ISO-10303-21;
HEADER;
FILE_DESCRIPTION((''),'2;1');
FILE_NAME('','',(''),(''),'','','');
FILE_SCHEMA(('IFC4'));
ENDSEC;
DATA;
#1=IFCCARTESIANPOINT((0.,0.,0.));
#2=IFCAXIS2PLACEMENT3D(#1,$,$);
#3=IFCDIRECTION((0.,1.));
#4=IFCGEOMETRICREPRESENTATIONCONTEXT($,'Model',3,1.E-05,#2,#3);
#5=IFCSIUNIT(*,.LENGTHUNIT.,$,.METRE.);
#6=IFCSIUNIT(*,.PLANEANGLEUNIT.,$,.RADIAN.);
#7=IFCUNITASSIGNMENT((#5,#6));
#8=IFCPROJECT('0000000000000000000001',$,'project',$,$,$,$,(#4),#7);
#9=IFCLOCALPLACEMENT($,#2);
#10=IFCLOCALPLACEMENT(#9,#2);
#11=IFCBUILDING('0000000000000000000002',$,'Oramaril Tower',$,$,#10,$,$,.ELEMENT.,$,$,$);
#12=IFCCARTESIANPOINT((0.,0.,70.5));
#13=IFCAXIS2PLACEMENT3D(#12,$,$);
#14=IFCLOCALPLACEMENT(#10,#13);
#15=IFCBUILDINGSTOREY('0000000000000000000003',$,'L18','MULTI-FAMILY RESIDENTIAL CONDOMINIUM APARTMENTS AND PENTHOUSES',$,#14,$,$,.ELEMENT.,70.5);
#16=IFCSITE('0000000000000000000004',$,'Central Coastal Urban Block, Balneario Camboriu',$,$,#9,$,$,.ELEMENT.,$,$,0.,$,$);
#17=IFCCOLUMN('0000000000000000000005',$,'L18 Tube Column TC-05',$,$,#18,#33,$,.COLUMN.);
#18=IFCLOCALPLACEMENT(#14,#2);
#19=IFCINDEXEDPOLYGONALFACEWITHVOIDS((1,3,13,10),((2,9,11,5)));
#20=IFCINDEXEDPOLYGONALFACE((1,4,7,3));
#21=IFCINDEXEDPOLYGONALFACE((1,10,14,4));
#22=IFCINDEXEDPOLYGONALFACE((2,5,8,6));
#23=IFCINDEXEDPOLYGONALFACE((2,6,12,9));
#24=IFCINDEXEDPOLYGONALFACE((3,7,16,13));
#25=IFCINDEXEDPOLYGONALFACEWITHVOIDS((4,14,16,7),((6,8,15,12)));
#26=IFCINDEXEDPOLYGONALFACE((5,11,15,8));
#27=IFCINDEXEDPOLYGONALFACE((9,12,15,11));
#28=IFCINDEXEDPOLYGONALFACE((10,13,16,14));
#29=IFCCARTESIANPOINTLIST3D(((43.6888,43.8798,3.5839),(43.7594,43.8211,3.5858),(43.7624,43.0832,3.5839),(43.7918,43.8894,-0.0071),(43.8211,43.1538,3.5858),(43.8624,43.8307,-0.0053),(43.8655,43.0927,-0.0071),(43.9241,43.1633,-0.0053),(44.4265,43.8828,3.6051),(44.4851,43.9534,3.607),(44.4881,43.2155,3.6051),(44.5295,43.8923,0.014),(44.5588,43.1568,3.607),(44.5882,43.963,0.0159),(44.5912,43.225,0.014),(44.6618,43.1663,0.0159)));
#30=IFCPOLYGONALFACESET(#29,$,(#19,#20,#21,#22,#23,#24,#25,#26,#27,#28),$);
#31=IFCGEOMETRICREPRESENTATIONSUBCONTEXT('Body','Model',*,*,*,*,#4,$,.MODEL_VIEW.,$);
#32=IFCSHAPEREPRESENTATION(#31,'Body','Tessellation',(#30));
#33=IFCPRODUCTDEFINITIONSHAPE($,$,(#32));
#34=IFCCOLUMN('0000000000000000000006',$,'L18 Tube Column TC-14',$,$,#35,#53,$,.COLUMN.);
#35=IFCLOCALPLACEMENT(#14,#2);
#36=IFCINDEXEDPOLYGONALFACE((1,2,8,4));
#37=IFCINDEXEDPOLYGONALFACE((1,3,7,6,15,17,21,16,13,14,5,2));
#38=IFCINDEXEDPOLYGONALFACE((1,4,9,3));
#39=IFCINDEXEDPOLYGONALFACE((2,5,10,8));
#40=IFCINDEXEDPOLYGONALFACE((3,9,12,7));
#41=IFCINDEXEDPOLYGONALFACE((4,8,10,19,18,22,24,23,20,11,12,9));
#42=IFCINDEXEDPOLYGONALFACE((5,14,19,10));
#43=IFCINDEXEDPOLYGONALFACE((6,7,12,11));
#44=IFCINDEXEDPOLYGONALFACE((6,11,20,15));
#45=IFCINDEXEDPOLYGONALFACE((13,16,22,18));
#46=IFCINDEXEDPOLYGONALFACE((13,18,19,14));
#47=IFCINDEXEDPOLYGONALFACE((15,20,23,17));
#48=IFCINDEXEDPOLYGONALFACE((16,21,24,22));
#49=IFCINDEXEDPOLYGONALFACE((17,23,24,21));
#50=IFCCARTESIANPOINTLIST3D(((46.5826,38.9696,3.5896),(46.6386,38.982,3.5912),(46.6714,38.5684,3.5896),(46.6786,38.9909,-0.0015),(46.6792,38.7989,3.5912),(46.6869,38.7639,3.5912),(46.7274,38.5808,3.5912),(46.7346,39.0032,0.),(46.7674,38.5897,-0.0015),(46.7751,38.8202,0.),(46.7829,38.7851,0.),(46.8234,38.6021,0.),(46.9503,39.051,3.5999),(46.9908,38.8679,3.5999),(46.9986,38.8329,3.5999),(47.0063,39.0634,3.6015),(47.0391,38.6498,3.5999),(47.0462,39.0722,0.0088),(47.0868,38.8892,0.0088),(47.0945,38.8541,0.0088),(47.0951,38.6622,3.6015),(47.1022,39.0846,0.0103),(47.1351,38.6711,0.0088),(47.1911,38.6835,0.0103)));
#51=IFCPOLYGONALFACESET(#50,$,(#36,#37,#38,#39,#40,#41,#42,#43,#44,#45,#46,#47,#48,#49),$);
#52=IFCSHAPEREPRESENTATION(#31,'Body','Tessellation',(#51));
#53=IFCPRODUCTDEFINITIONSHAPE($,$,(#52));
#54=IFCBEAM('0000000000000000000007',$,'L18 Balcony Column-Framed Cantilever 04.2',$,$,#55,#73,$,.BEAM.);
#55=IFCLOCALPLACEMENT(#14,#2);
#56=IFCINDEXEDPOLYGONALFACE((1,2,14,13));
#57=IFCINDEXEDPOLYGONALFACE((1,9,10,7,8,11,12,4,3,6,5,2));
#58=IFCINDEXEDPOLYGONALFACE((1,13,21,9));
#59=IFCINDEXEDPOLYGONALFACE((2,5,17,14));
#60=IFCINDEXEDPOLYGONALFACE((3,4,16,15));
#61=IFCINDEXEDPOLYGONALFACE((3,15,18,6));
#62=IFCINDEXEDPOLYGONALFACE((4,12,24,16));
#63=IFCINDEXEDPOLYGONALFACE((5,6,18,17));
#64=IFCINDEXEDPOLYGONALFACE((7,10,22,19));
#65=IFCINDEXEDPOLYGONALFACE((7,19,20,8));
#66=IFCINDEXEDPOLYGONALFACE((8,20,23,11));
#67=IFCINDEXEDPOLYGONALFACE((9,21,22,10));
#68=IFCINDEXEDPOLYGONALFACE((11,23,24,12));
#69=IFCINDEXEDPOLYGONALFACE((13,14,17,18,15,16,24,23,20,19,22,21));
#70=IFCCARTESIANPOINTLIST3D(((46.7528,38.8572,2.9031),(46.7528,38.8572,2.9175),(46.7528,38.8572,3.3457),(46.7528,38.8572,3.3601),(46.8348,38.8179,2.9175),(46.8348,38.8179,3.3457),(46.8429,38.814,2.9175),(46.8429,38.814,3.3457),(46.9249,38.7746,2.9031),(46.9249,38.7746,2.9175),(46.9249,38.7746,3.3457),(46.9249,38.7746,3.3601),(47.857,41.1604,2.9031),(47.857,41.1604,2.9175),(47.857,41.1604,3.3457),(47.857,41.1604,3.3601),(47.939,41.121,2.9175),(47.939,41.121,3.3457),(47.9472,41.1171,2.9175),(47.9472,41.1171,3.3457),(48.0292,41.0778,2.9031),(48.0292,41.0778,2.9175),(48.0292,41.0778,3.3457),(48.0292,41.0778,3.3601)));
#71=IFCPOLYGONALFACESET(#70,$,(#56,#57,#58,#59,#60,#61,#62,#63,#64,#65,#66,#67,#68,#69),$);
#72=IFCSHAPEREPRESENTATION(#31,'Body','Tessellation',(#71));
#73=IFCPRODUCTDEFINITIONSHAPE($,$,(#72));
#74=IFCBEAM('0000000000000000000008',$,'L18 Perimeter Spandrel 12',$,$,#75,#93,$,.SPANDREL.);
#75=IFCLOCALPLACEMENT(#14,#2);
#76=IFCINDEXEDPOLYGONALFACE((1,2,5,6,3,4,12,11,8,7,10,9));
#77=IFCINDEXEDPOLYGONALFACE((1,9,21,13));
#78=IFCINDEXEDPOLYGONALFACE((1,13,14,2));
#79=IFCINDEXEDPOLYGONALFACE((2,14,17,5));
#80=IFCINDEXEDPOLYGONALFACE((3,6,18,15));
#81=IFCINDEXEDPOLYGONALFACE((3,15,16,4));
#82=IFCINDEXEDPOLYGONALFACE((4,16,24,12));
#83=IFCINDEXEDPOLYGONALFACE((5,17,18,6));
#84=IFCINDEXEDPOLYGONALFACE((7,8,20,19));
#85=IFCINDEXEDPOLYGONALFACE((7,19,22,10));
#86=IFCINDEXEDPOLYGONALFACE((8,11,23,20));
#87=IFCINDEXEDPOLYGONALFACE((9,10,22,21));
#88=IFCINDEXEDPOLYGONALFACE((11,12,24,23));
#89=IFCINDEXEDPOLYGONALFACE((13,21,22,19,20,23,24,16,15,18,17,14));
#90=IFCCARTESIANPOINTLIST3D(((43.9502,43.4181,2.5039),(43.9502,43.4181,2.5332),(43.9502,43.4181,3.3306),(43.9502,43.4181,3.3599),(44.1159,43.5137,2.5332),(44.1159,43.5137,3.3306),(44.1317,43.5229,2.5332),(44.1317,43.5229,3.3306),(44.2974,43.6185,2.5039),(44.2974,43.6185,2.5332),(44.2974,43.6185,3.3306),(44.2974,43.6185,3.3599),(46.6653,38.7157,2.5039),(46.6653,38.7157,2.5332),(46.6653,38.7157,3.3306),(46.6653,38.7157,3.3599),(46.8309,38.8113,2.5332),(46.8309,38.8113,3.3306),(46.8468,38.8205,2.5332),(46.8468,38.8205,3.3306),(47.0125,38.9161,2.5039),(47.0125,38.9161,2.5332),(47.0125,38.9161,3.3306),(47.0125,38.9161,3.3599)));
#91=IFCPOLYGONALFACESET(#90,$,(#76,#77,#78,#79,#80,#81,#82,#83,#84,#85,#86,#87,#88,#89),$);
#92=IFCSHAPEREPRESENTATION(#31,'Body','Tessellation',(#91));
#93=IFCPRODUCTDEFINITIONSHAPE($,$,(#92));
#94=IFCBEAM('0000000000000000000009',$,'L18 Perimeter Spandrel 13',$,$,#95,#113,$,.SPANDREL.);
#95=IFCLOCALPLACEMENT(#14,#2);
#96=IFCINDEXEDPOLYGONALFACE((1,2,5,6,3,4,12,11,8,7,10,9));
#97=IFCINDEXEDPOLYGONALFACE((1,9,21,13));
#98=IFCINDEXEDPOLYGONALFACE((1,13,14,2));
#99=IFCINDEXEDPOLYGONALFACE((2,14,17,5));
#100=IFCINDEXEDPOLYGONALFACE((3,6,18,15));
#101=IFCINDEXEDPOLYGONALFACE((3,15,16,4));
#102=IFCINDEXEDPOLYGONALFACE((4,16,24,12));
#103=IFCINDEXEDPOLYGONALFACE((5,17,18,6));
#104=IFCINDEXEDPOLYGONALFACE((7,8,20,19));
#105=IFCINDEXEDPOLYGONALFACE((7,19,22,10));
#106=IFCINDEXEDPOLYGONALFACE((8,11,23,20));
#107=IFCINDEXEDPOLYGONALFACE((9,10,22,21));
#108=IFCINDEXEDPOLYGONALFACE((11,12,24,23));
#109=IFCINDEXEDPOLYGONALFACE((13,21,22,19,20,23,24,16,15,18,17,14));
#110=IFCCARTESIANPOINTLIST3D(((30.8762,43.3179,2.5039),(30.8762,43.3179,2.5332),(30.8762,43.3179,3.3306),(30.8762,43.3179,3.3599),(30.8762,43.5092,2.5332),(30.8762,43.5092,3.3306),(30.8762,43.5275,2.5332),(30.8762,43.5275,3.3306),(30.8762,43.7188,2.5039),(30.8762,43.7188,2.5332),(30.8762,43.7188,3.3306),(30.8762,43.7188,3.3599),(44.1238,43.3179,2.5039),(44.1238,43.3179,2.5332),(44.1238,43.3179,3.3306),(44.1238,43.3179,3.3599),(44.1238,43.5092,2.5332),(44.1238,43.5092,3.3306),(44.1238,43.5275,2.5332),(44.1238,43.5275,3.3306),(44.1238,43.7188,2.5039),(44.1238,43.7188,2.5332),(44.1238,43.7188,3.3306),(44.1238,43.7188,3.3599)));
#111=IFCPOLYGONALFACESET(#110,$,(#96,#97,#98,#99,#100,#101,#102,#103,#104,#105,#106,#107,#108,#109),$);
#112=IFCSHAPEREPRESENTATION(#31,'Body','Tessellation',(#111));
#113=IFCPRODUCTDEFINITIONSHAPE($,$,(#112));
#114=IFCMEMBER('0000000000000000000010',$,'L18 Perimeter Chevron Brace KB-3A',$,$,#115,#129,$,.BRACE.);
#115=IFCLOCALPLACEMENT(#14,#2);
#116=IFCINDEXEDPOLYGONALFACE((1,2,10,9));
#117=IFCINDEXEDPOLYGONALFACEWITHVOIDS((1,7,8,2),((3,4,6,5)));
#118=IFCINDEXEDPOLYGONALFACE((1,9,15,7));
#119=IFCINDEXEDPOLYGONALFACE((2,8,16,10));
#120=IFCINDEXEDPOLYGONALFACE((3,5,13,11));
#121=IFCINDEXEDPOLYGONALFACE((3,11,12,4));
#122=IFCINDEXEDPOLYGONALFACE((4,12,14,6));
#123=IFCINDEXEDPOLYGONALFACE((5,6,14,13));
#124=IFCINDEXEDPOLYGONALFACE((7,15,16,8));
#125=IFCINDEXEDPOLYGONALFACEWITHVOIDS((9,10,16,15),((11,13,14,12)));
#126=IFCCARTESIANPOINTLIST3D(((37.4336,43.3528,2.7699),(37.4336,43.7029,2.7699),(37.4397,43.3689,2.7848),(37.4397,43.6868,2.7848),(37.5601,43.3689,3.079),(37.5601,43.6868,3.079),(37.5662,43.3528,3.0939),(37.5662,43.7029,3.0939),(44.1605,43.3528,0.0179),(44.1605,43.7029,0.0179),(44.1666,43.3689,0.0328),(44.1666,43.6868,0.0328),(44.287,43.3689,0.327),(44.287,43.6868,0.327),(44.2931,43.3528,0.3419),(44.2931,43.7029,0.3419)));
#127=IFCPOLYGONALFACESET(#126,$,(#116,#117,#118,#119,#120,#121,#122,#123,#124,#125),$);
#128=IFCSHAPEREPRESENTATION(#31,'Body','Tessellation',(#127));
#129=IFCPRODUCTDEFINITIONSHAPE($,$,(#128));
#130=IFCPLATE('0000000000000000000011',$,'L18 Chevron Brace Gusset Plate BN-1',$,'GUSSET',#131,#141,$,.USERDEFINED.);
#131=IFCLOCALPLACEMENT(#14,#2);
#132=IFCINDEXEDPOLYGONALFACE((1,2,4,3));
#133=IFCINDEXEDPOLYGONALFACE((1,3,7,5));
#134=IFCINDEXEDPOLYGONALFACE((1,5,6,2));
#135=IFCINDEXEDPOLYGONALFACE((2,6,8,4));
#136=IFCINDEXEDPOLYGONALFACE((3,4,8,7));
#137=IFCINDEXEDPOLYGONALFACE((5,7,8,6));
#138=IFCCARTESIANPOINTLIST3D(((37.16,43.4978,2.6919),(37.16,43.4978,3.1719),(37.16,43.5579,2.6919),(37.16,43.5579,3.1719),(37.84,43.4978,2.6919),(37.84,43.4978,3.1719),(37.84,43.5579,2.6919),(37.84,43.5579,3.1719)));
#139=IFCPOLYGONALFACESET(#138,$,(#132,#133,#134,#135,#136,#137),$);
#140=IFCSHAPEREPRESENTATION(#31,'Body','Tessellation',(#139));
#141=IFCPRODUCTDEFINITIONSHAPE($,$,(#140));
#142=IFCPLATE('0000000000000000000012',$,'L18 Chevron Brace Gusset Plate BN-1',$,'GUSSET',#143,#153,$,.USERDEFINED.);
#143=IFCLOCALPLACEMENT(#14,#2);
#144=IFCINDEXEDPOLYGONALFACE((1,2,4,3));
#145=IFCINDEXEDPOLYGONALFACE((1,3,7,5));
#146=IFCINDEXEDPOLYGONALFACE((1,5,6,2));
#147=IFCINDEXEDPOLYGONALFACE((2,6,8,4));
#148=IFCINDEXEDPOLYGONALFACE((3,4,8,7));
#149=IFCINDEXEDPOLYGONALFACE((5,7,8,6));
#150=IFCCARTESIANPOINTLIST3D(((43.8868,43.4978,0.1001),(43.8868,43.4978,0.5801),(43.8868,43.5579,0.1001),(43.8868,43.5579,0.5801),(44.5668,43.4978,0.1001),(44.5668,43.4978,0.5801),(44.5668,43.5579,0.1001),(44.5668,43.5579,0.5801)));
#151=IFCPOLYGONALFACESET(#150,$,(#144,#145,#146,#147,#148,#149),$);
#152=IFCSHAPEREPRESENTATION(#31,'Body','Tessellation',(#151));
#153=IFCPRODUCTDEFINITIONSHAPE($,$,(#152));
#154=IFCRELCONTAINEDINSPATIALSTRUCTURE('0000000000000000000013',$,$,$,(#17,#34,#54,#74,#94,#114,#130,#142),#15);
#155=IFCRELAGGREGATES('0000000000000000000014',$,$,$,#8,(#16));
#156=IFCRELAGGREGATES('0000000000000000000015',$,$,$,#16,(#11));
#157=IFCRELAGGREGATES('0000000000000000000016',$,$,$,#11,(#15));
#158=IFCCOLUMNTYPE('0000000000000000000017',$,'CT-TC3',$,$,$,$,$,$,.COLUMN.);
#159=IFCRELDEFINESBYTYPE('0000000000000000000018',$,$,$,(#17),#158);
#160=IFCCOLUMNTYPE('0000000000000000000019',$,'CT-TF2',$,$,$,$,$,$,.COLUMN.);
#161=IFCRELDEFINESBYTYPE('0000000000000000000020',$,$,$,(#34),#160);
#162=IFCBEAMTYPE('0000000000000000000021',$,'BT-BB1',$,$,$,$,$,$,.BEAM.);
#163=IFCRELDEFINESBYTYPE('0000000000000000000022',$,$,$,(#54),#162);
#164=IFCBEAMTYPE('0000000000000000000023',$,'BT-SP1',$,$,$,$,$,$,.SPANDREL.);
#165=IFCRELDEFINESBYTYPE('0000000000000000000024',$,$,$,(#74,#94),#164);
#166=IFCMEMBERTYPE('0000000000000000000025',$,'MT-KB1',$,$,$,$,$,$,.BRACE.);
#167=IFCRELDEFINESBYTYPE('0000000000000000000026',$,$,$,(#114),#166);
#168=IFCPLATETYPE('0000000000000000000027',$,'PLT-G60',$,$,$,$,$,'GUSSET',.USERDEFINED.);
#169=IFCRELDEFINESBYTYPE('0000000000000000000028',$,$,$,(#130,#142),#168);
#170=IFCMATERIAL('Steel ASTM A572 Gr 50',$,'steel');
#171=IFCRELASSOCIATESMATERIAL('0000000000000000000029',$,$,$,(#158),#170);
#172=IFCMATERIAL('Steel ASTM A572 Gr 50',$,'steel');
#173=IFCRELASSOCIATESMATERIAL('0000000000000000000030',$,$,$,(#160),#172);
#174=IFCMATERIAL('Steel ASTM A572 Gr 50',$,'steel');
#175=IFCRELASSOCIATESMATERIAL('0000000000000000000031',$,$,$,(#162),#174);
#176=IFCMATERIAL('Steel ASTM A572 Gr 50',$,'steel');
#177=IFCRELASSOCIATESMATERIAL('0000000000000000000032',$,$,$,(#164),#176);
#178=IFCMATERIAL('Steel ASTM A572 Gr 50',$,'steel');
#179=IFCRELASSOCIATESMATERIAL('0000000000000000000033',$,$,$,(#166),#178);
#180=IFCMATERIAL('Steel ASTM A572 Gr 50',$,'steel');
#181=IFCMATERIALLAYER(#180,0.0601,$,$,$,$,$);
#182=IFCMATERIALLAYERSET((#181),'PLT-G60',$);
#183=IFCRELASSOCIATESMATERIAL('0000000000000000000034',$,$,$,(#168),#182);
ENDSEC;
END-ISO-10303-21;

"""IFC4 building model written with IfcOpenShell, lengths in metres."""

from ifc_helpers import new_model, si_unit, direction, frame, origin, origin_2d, place, context, subcontext, project, spatial, rectangle, hollow_rectangle, i_section, extrude, material, layer, layer_set, material_profile, profile_set, type_object, element, save


model = new_model("IFC4")

# Units and contexts
model_context = context("Model", 3, precision=1e-05, world=origin(), true_north=direction((0.0, 1.0)))
body_context = subcontext(model_context, "Body", "Model", "MODEL_VIEW")
ifc_project = project(units=[si_unit("LENGTHUNIT", "METRE"), si_unit("PLANEANGLEUNIT", "RADIAN")], contexts=[model_context])

# Site, building, storey
site_placement = place(None, origin())
site = spatial("IfcSite", under=ifc_project, at=site_placement, Name="Central Coastal Urban Block, Balneario Camboriu", CompositionType="ELEMENT", RefElevation=0.0)
building_placement = place(site_placement, origin())
building = spatial("IfcBuilding", under=site, at=building_placement, Name="Oramaril Tower", CompositionType="ELEMENT")
storey_placement = place(building_placement, frame((0.0, 0.0, 70.5)))
storey = spatial("IfcBuildingStorey", under=building, at=storey_placement, Name="L18", Description="MULTI-FAMILY RESIDENTIAL CONDOMINIUM APARTMENTS AND PENTHOUSES", CompositionType="ELEMENT", Elevation=70.5)

# Columns
ifc_material_1 = material(Name="Steel ASTM A572 Gr 50", Category="steel")
ifc_material_profile_1 = material_profile(ifc_material_1, hollow_rectangle(XDim=0.8, YDim=0.8, WallThickness=0.0649, at=origin_2d()), Name="BOX800X800X65")
ifc_profile_set_1 = profile_set([ifc_material_profile_1], Name="Steel ASTM A572 Gr 50")
column_type_1 = type_object("IfcColumnType", Name="CT-TC3", PredefinedType="COLUMN", material=ifc_profile_set_1)
column_1_placement = place(storey_placement, frame((44.2268, 43.5278, 0.0044), z_axis=(-0.028678, -0.00265, 0.999585), x_axis=(0.092025, -0.995757, 0.0)))
element("IfcColumn", 1, at=column_1_placement, inside=storey, type_object=column_type_1, Name="L18 Tube Column TC-05", PredefinedType="COLUMN", context=body_context, shape_type="SweptSolid", body=[
    extrude(hollow_rectangle(XDim=0.8, YDim=0.8, WallThickness=0.0649, at=origin_2d()), origin(), (0.0, 0.0, 1.0), 3.5925),
])
ifc_material_2 = material(Name="Steel ASTM A572 Gr 50", Category="steel")
ifc_material_profile_2 = material_profile(ifc_material_2, i_section(OverallWidth=0.4109, OverallDepth=0.4341, WebThickness=0.0359, FlangeThickness=0.0574, at=origin_2d()), Name="W14X311")
ifc_profile_set_2 = profile_set([ifc_material_profile_2], Name="Steel ASTM A572 Gr 50")
column_type_2 = type_object("IfcColumnType", Name="CT-TF2", PredefinedType="COLUMN", material=ifc_profile_set_2)
column_2_placement = place(storey_placement, frame((46.9348, 38.8372, 0.0044), z_axis=(-0.026708, -0.005913, 0.999626), x_axis=(0.216141, -0.976362, 0.0)))
element("IfcColumn", 2, at=column_2_placement, inside=storey, type_object=column_type_2, Name="L18 Tube Column TC-14", PredefinedType="COLUMN", context=body_context, shape_type="SweptSolid", body=[
    extrude(i_section(OverallWidth=0.4109, OverallDepth=0.4341, WebThickness=0.0359, FlangeThickness=0.0574, at=origin_2d()), origin(), (0.0, 0.0, 1.0), 3.5925),
])

# Beams
ifc_material_3 = material(Name="Steel ASTM A572 Gr 50", Category="steel")
ifc_material_profile_3 = material_profile(ifc_material_3, i_section(OverallWidth=0.1909, OverallDepth=0.457, WebThickness=0.009, FlangeThickness=0.0144, at=origin_2d()), Name="W18X50")
ifc_profile_set_3 = profile_set([ifc_material_profile_3], Name="Steel ASTM A572 Gr 50")
beam_type_1 = type_object("IfcBeamType", Name="BT-BB1", PredefinedType="BEAM", material=ifc_profile_set_3)
beam_1_placement = place(storey_placement, frame((46.8389, 38.8159, 3.1316), z_axis=(0.432318, 0.901721, 0.0), x_axis=(-0.901721, 0.432318, 0.0)))
element("IfcBeam", 3, at=beam_1_placement, inside=storey, type_object=beam_type_1, Name="L18 Balcony Column-Framed Cantilever 04.2", PredefinedType="BEAM", context=body_context, shape_type="SweptSolid", body=[
    extrude(i_section(OverallWidth=0.1909, OverallDepth=0.457, WebThickness=0.009, FlangeThickness=0.0144, at=origin_2d()), origin(), (0.0, 0.0, 1.0), 2.5542),
])
ifc_material_4 = material(Name="Steel ASTM A572 Gr 50", Category="steel")
ifc_material_profile_4 = material_profile(ifc_material_4, i_section(OverallWidth=0.4009, OverallDepth=0.856, WebThickness=0.0183, FlangeThickness=0.0293, at=origin_2d()), Name="W33X201")
ifc_profile_set_4 = profile_set([ifc_material_profile_4], Name="Steel ASTM A572 Gr 50")
beam_type_2 = type_object("IfcBeamType", Name="BT-SP1", PredefinedType="SPANDREL", material=ifc_profile_set_4)
beam_2_placement = place(storey_placement, frame((46.8389, 38.8159, 2.9319), z_axis=(-0.500022, 0.866013, 0.0), x_axis=(-0.866013, -0.500022, 0.0)))
element("IfcBeam", 4, at=beam_2_placement, inside=storey, type_object=beam_type_2, Name="L18 Perimeter Spandrel 12", PredefinedType="SPANDREL", context=body_context, shape_type="SweptSolid", body=[
    extrude(i_section(OverallWidth=0.4009, OverallDepth=0.856, WebThickness=0.0183, FlangeThickness=0.0293, at=origin_2d()), origin(), (0.0, 0.0, 1.0), 5.4299),
])
beam_3_placement = place(storey_placement, frame((44.1238, 43.5183, 2.9319), z_axis=(-1.0, 0.0, 0.0), x_axis=(0.0, -1.0, 0.0)))
element("IfcBeam", 5, at=beam_3_placement, inside=storey, type_object=beam_type_2, Name="L18 Perimeter Spandrel 13", PredefinedType="SPANDREL", context=body_context, shape_type="SweptSolid", body=[
    extrude(i_section(OverallWidth=0.4009, OverallDepth=0.856, WebThickness=0.0183, FlangeThickness=0.0293, at=origin_2d()), origin(), (0.0, 0.0, 1.0), 13.2476),
])

# Member
ifc_material_5 = material(Name="Steel ASTM A572 Gr 50", Category="steel")
ifc_material_profile_5 = material_profile(ifc_material_5, hollow_rectangle(XDim=0.3501, YDim=0.3501, WallThickness=0.0161, at=origin_2d()), Name="HSS350X350X16")
ifc_profile_set_5 = profile_set([ifc_material_profile_5], Name="Steel ASTM A572 Gr 50")
member_type = type_object("IfcMemberType", Name="MT-KB1", PredefinedType="BRACE", material=ifc_profile_set_5)
member_placement = place(storey_placement, frame((44.2268, 43.5278, 0.1799), z_axis=(-0.925543, 0.0, 0.378642), x_axis=(0.0, -1.0, 0.0)))
element("IfcMember", 6, at=member_placement, inside=storey, type_object=member_type, Name="L18 Perimeter Chevron Brace KB-3A", PredefinedType="BRACE", context=body_context, shape_type="SweptSolid", body=[
    extrude(hollow_rectangle(XDim=0.3501, YDim=0.3501, WallThickness=0.0161, at=origin_2d()), origin(), (0.0, 0.0, 1.0), 7.2681),
])

# Plates
ifc_material_6 = material(Name="Steel ASTM A572 Gr 50", Category="steel")
ifc_layer_1 = layer(ifc_material_6, 0.0601)
ifc_layer_set_1 = layer_set([ifc_layer_1], Name="PLT-G60")
plate_type = type_object("IfcPlateType", Name="PLT-G60", ElementType="GUSSET", PredefinedType="USERDEFINED", material=ifc_layer_set_1)
for number, where, z_axis, x_axis, name in (
    (7, (37.5, 43.5278, 2.6919), (0.0, 0.0, 1.0), (-1.0, 0.0, 0.0), "L18 Chevron Brace Gusset Plate BN-1"),
    (8, (44.2268, 43.5278, 0.1001), (0.0, 0.0, 1.0), (-1.0, 0.0, 0.0), "L18 Chevron Brace Gusset Plate BN-1"),
):
    element("IfcPlate", number, at=place(storey_placement, frame(where, z_axis=z_axis, x_axis=x_axis)), inside=storey, type_object=plate_type, Name=name, ObjectType="GUSSET", PredefinedType="USERDEFINED", context=body_context, shape_type="SweptSolid", body=[
        extrude(rectangle(XDim=0.6799, YDim=0.0601, at=origin_2d()), origin(), (0.0, 0.0, 1.0), 0.48),
    ])

save(model, "model.ifc")
